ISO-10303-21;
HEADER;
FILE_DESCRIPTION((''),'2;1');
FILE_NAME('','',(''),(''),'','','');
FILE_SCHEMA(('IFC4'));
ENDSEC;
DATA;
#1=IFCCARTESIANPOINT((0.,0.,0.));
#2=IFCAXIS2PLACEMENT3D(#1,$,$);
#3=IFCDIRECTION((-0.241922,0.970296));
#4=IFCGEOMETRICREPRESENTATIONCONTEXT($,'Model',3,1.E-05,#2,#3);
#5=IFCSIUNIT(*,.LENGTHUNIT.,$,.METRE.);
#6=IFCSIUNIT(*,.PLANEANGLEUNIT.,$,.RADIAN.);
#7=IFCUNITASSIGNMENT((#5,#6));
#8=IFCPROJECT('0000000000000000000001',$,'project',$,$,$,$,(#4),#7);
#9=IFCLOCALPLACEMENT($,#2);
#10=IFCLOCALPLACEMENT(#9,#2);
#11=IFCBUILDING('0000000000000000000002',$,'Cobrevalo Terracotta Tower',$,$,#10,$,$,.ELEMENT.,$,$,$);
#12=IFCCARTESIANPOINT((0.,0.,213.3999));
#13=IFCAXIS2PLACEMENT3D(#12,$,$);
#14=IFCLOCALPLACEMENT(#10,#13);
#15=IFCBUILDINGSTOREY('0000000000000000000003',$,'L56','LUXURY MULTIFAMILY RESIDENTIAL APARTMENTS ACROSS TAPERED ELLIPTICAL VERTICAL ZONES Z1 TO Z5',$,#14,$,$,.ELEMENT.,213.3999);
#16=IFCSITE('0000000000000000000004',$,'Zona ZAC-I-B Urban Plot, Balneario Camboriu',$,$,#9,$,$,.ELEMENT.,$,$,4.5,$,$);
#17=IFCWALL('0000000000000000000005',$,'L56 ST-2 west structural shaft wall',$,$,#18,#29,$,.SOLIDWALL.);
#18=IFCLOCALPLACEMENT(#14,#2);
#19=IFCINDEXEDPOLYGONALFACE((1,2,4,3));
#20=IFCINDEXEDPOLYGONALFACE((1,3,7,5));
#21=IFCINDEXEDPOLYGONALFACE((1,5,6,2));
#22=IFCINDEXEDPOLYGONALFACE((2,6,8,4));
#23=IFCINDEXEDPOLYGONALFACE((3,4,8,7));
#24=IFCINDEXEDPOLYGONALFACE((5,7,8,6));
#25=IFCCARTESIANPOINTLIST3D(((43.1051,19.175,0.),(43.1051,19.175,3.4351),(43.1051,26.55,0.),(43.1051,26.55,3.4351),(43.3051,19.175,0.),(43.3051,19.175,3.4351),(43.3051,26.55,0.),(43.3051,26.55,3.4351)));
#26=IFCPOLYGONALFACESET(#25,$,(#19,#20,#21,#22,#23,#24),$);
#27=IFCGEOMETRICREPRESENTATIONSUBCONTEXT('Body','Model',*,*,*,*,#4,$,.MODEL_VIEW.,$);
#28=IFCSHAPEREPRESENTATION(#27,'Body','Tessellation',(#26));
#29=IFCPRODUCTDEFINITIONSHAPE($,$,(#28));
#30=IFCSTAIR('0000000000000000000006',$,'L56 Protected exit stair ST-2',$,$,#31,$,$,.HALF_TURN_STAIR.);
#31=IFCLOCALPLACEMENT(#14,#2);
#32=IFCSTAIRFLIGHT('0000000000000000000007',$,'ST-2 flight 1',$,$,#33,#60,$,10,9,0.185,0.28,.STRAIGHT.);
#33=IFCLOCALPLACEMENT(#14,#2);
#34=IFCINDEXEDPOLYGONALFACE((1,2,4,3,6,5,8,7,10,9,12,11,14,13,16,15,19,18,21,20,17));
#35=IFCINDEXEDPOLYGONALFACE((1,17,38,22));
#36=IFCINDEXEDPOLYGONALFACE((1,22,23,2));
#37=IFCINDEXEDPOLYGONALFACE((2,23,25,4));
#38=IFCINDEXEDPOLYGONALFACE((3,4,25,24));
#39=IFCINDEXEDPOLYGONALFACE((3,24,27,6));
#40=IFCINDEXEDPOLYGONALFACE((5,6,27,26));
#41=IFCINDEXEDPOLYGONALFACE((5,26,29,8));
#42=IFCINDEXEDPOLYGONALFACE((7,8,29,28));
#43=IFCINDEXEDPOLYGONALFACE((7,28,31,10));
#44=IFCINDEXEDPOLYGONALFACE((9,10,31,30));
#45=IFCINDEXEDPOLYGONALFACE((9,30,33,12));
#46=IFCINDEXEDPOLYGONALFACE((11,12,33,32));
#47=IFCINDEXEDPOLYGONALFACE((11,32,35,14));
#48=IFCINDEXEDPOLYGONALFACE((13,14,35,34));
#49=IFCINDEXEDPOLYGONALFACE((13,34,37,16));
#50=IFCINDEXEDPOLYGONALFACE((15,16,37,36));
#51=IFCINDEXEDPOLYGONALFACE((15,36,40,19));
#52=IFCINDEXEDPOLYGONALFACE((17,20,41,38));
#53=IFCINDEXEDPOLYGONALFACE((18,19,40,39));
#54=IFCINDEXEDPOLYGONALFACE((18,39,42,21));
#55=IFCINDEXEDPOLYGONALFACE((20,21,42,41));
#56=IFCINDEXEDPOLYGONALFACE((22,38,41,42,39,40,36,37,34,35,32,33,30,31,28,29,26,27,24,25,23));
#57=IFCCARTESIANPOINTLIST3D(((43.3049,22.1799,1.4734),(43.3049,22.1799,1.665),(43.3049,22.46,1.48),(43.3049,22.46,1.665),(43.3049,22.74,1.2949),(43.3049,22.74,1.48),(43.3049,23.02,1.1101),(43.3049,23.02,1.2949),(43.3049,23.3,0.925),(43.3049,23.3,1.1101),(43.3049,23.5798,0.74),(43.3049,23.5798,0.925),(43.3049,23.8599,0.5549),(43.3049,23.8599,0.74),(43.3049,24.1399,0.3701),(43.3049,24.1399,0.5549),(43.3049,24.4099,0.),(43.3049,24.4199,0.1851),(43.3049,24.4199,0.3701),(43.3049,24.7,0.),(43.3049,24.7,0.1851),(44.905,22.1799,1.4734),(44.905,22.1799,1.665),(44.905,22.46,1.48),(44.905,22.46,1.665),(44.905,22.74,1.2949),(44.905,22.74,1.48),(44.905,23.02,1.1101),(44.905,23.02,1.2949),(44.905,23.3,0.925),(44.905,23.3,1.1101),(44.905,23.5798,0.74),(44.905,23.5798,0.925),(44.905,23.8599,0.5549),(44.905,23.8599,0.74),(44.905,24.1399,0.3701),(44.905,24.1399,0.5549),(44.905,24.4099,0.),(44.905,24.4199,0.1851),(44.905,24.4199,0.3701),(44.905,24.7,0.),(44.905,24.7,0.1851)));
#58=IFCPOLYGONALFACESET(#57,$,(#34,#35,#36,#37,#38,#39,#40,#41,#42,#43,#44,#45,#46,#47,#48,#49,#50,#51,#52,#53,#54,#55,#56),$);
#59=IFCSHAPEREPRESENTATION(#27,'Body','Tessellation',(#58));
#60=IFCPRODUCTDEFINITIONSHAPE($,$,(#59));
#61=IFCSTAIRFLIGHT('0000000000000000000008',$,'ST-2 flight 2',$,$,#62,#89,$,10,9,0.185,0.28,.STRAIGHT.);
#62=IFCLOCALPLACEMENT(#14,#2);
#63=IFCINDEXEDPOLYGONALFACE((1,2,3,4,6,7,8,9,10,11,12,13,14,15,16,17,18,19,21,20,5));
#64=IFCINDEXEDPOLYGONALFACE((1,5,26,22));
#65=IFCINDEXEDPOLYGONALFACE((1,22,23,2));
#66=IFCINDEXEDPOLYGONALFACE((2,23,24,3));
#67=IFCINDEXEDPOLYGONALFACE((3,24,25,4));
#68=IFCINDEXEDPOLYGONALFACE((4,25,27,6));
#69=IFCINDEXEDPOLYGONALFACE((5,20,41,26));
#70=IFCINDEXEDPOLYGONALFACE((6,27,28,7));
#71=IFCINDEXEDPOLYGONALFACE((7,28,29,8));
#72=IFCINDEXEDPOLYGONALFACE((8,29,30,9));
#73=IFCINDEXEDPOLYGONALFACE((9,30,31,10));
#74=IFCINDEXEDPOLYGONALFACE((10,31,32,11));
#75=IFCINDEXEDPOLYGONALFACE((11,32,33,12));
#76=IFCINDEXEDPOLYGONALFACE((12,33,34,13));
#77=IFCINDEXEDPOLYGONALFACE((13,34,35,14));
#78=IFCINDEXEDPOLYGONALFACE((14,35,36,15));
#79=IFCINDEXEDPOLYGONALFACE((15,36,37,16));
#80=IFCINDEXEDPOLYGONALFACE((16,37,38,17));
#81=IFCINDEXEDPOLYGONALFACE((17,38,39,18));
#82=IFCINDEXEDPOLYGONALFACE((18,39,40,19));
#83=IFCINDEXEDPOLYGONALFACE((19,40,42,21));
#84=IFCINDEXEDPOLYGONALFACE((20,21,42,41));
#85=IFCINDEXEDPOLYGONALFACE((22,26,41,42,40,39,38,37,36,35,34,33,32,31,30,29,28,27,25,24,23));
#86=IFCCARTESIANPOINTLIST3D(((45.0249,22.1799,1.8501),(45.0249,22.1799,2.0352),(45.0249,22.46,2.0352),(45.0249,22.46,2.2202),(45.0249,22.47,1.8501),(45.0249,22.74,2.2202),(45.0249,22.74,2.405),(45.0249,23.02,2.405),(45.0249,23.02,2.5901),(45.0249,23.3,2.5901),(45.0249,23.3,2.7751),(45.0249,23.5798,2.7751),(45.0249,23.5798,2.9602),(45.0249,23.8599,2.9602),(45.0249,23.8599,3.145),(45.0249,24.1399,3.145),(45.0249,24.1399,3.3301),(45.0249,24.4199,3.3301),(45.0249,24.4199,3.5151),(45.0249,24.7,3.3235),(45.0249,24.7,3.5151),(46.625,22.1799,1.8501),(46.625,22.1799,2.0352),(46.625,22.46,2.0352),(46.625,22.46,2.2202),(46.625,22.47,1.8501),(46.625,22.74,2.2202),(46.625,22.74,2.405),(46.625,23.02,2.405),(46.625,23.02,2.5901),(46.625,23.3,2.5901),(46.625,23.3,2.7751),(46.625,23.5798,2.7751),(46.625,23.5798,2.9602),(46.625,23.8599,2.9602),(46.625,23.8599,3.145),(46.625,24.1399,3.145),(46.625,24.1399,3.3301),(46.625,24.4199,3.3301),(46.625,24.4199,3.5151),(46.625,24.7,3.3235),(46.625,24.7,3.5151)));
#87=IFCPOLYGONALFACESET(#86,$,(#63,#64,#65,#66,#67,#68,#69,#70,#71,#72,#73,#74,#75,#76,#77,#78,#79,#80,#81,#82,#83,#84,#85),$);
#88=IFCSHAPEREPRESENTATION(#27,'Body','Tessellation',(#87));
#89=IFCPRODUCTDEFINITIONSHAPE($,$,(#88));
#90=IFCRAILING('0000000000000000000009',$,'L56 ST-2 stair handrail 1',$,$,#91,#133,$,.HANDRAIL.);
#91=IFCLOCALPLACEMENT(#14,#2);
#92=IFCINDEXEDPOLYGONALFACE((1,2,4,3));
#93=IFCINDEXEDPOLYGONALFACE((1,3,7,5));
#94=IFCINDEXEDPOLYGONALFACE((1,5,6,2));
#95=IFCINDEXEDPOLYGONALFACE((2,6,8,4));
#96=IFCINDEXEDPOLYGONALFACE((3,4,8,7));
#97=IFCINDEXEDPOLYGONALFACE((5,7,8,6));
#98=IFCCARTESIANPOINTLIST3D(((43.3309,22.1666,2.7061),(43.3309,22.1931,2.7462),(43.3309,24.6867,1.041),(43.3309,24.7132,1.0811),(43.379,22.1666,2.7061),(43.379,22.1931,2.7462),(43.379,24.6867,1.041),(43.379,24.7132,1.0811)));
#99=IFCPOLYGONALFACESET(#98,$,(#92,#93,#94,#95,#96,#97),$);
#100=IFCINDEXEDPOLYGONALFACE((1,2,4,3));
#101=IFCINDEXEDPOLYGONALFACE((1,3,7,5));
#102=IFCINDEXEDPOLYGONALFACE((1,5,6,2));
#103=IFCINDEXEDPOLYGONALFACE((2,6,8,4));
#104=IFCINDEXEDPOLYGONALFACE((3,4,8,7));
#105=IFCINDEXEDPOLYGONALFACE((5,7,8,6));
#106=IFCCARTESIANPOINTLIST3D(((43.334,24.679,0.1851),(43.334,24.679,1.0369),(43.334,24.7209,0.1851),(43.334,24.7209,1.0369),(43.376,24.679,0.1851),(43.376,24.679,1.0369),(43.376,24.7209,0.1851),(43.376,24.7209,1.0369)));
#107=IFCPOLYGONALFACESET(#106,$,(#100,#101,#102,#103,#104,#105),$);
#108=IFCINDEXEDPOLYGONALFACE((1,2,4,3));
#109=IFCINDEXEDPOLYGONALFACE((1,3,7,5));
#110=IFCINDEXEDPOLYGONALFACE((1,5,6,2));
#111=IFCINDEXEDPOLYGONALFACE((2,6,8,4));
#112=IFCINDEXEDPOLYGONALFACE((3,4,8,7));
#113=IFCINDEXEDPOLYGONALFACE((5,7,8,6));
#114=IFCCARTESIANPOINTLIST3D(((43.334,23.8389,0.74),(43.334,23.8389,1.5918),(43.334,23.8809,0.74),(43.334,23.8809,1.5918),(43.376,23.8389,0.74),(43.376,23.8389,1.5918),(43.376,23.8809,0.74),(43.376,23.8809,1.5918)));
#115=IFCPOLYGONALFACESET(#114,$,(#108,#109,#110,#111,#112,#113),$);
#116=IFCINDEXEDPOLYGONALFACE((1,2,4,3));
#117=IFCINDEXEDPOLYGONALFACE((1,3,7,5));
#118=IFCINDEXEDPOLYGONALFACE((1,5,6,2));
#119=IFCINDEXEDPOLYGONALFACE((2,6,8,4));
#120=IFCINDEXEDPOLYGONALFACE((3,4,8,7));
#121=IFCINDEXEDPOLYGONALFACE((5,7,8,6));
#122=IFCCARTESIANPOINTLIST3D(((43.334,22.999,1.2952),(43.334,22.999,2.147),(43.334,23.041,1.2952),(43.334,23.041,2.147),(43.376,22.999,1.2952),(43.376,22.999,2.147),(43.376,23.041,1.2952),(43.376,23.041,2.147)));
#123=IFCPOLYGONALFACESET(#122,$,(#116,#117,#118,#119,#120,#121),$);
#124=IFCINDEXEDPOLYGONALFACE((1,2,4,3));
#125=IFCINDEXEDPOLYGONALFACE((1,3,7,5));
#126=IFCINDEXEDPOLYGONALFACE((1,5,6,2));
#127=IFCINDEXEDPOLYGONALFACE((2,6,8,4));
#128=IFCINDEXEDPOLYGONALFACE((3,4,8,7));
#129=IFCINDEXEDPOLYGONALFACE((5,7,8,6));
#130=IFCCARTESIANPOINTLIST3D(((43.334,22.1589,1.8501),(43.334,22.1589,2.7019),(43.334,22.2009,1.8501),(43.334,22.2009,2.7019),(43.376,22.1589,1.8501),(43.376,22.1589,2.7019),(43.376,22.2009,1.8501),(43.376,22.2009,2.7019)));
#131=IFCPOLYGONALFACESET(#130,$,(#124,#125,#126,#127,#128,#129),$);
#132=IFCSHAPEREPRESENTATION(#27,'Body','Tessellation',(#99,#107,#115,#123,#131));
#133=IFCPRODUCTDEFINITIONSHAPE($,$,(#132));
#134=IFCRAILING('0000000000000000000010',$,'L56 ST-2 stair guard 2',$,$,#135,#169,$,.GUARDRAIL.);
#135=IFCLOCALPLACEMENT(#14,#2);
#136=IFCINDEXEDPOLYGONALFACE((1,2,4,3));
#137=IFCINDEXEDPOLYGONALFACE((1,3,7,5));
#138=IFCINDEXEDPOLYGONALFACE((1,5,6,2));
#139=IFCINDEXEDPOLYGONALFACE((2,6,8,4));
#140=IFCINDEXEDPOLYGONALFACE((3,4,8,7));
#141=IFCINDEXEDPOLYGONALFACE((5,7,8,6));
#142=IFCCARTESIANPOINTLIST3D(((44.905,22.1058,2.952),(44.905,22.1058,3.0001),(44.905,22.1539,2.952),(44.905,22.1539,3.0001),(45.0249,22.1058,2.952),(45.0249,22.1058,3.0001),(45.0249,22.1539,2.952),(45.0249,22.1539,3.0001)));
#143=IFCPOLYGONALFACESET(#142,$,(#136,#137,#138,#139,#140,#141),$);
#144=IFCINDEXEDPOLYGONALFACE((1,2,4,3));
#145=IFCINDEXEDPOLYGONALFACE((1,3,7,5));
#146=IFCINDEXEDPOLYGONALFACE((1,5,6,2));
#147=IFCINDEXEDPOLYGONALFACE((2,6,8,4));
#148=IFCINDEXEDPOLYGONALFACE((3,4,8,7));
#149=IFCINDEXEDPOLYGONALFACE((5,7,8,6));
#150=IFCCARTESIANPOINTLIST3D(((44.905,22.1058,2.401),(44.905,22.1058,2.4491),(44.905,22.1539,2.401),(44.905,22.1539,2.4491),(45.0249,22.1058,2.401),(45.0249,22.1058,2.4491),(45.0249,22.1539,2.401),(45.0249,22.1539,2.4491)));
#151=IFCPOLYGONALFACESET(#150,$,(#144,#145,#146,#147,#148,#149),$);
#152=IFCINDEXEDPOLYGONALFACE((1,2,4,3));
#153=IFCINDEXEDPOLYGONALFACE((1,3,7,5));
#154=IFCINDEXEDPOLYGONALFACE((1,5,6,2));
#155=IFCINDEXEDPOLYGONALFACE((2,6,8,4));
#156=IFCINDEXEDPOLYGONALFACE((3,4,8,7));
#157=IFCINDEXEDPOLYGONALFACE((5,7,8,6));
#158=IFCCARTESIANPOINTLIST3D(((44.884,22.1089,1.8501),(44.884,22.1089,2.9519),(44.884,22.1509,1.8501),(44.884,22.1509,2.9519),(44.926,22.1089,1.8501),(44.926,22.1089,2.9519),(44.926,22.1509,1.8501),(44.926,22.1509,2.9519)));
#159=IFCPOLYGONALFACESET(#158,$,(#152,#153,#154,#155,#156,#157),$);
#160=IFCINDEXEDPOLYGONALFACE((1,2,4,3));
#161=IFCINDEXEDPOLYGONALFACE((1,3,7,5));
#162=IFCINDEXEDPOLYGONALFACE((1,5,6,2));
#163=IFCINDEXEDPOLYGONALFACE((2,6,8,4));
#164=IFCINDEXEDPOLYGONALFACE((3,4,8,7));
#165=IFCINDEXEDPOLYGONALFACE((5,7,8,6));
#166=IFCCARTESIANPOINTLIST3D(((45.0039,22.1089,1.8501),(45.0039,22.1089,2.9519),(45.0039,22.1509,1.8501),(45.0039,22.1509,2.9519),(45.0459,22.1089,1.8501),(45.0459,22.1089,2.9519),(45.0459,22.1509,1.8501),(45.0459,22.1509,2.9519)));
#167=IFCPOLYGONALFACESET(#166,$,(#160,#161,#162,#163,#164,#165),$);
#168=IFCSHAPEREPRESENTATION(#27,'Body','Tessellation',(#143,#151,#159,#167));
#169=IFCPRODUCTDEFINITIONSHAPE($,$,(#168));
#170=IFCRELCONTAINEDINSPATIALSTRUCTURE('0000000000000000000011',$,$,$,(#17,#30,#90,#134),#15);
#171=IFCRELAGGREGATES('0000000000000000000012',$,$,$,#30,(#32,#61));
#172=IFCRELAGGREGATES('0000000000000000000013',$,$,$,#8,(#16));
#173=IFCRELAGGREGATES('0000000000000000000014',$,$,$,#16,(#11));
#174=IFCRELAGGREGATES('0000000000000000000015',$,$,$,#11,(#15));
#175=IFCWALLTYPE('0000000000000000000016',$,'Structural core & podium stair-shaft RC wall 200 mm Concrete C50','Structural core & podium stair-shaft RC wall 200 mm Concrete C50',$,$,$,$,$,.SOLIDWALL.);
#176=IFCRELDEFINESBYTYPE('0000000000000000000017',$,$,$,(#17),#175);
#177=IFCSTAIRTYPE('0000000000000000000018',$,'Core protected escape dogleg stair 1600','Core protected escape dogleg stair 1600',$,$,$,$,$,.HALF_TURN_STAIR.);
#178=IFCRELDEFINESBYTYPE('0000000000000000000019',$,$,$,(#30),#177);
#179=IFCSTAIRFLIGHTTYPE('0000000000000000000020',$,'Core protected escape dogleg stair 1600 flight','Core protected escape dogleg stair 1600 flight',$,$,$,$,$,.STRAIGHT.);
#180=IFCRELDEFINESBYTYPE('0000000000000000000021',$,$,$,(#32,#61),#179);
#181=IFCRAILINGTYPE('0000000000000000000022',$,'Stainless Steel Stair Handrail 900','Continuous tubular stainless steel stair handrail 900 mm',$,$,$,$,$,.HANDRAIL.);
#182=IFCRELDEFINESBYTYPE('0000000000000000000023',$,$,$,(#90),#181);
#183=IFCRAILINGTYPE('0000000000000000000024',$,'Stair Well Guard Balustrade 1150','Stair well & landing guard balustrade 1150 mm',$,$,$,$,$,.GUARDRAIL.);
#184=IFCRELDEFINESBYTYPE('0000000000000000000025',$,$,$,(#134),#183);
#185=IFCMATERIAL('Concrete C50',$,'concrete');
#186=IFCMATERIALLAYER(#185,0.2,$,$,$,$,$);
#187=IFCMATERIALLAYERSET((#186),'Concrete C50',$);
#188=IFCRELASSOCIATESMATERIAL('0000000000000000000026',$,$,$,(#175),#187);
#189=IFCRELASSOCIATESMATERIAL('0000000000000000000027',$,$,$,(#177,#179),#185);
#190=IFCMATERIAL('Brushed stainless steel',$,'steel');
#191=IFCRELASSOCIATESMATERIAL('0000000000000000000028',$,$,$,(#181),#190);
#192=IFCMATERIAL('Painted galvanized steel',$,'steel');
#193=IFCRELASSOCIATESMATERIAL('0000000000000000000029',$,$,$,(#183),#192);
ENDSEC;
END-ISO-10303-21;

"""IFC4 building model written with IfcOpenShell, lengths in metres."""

from ifc_helpers import new_model, si_unit, direction, frame, frame_2d, origin, origin_2d, place, context, subcontext, project, spatial, polyline, rectangle, outline, extrude, material, layer, layer_set, type_object, element, aggregate, save


model = new_model("IFC4")

# Units and contexts
model_context = context("Model", 3, precision=1e-05, world=origin(), true_north=direction((-0.241922, 0.970296)))
body_context = subcontext(model_context, "Body", "Model", "MODEL_VIEW")
ifc_project = project(units=[si_unit("LENGTHUNIT", "METRE"), si_unit("PLANEANGLEUNIT", "RADIAN")], contexts=[model_context])

# Site, building, storey
site_placement = place(None, origin())
site = spatial("IfcSite", under=ifc_project, at=site_placement, Name="Zona ZAC-I-B Urban Plot, Balneario Camboriu", CompositionType="ELEMENT", RefElevation=4.5)
building_placement = place(site_placement, origin())
building = spatial("IfcBuilding", under=site, at=building_placement, Name="Cobrevalo Terracotta Tower", CompositionType="ELEMENT")
storey_placement = place(building_placement, frame((0.0, 0.0, 213.3999)))
storey = spatial("IfcBuildingStorey", under=building, at=storey_placement, Name="L56", Description="LUXURY MULTIFAMILY RESIDENTIAL APARTMENTS ACROSS TAPERED ELLIPTICAL VERTICAL ZONES Z1 TO Z5", CompositionType="ELEMENT", Elevation=213.3999)

# Shared definitions
ifc_material_1 = material(Name="Concrete C50", Category="concrete")

# Wall
ifc_layer_1 = layer(ifc_material_1, 0.2)
ifc_layer_set_1 = layer_set([ifc_layer_1], Name="Concrete C50")
wall_type_1 = type_object("IfcWallType", Name="Structural core & podium stair-shaft RC wall 200 mm Concrete C50", Description="Structural core & podium stair-shaft RC wall 200 mm Concrete C50", PredefinedType="SOLIDWALL", material=ifc_layer_set_1)
wall_1_placement = place(storey_placement, frame((43.2051, 19.175, 0.0), z_axis=(0.0, 0.0, 1.0), x_axis=(0.0, 1.0, 0.0)))
element("IfcWall", 1, at=wall_1_placement, inside=storey, type_object=wall_type_1, Name="L56 ST-2 west structural shaft wall", PredefinedType="SOLIDWALL", context=body_context, shape_type="SweptSolid", body=[
    extrude(rectangle(XDim=7.375, YDim=0.2, at=frame_2d((3.6875, 0.0))), origin(), (0.0, 0.0, 1.0), 3.4351),
])

# Stair, stair flights
stair_type = type_object("IfcStairType", Name="Core protected escape dogleg stair 1600", Description="Core protected escape dogleg stair 1600", PredefinedType="HALF_TURN_STAIR", material=ifc_material_1)
stair_placement = place(storey_placement, origin())
stair = element("IfcStair", 2, at=stair_placement, inside=storey, type_object=stair_type, Name="L56 Protected exit stair ST-2", PredefinedType="HALF_TURN_STAIR")
stair_flight_type = type_object("IfcStairFlightType", Name="Core protected escape dogleg stair 1600 flight", Description="Core protected escape dogleg stair 1600 flight", PredefinedType="STRAIGHT", material=ifc_material_1)
stair_flight_1_placement = place(storey_placement, frame((44.105, 24.7, 0.0), z_axis=(0.0, 0.0, 1.0), x_axis=(0.0, -1.0, 0.0)))
stair_flight_1 = element("IfcStairFlight", 3, at=stair_flight_1_placement, type_object=stair_flight_type, Name="ST-2 flight 1", NumberOfRisers=10, NumberOfTreads=9, PredefinedType="STRAIGHT", RiserHeight=0.185, TreadLength=0.28, context=body_context, shape_type="SweptSolid", body=[
    extrude(outline(polyline([(0.0, 0.0), (0.0, 0.1851), (0.28, 0.1851), (0.28, 0.3701), (0.5601, 0.3701), (0.5601, 0.5549), (0.8401, 0.5549), (0.8401, 0.74), (1.1201, 0.74), (1.1201, 0.925), (1.3999, 0.925), (1.3999, 1.1101), (1.6799, 1.1101), (1.6799, 1.2949), (1.96, 1.2949), (1.96, 1.48), (2.24, 1.48), (2.24, 1.665), (2.52, 1.665), (2.52, 1.8501), (2.52, 1.4734), (0.29, 0.0), (0.0, 0.0)])), frame((0.0, 0.8, 0.0), z_axis=(0.0, -1.0, 0.0), x_axis=(1.0, 0.0, 0.0)), (0.0, 0.0, 1.0), 1.6001),
])
stair_flight_2_placement = place(storey_placement, frame((45.825, 22.1799, 1.8501), z_axis=(0.0, 0.0, 1.0), x_axis=(0.0, 1.0, 0.0)))
stair_flight_2 = element("IfcStairFlight", 4, at=stair_flight_2_placement, type_object=stair_flight_type, Name="ST-2 flight 2", NumberOfRisers=10, NumberOfTreads=9, PredefinedType="STRAIGHT", RiserHeight=0.185, TreadLength=0.28, context=body_context, shape_type="SweptSolid", body=[
    extrude(outline(polyline([(0.0, 0.0), (0.0, 0.1851), (0.28, 0.1851), (0.28, 0.3701), (0.5601, 0.3701), (0.5601, 0.5549), (0.8401, 0.5549), (0.8401, 0.74), (1.1201, 0.74), (1.1201, 0.925), (1.3999, 0.925), (1.3999, 1.1101), (1.6799, 1.1101), (1.6799, 1.2949), (1.96, 1.2949), (1.96, 1.48), (2.24, 1.48), (2.24, 1.665), (2.52, 1.665), (2.52, 1.8501), (2.52, 1.4734), (0.29, 0.0), (0.0, 0.0)])), frame((0.0, 0.8, 0.0), z_axis=(0.0, -1.0, 0.0), x_axis=(1.0, 0.0, 0.0)), (0.0, 0.0, 1.0), 1.6001),
])
aggregate(stair, [stair_flight_1, stair_flight_2])

# Railings
ifc_material_2 = material(Name="Brushed stainless steel", Category="steel")
railing_type_1 = type_object("IfcRailingType", Name="Stainless Steel Stair Handrail 900", Description="Continuous tubular stainless steel stair handrail 900 mm", PredefinedType="HANDRAIL", material=ifc_material_2)
railing_1_placement = place(storey_placement, frame((43.355, 24.7, 0.1851)))
element("IfcRailing", 5, at=railing_1_placement, inside=storey, type_object=railing_type_1, Name="L56 ST-2 stair handrail 1", PredefinedType="HANDRAIL", context=body_context, shape_type="SweptSolid", body=[
    extrude(rectangle(XDim=0.0481, YDim=0.0481, at=origin_2d()), frame((0.0, 0.0, 0.876), z_axis=(0.0, -0.834331, 0.551263), x_axis=(1.0, 0.0, 0.0)), (0.0, 0.0, 1.0), 3.0205),
    extrude(rectangle(XDim=0.042, YDim=0.042, at=origin_2d()), origin(), (0.0, 0.0, 1.0), 0.8518),
    extrude(rectangle(XDim=0.042, YDim=0.042, at=origin_2d()), frame((0.0, -0.8401, 0.5549)), (0.0, 0.0, 1.0), 0.8518),
    extrude(rectangle(XDim=0.042, YDim=0.042, at=origin_2d()), frame((0.0, -1.6799, 1.1101)), (0.0, 0.0, 1.0), 0.8518),
    extrude(rectangle(XDim=0.042, YDim=0.042, at=origin_2d()), frame((0.0, -2.52, 1.665)), (0.0, 0.0, 1.0), 0.8518),
])
ifc_material_3 = material(Name="Painted galvanized steel", Category="steel")
railing_type_2 = type_object("IfcRailingType", Name="Stair Well Guard Balustrade 1150", Description="Stair well & landing guard balustrade 1150 mm", PredefinedType="GUARDRAIL", material=ifc_material_3)
railing_2_placement = place(storey_placement, frame((44.905, 22.1299, 1.8501)))
element("IfcRailing", 6, at=railing_2_placement, inside=storey, type_object=railing_type_2, Name="L56 ST-2 stair guard 2", PredefinedType="GUARDRAIL", context=body_context, shape_type="SweptSolid", body=[
    extrude(rectangle(XDim=0.0481, YDim=0.0481, at=origin_2d()), frame((0.0, 0.0, 1.126), z_axis=(1.0, 0.0, 0.0), x_axis=(0.0, 1.0, 0.0)), (0.0, 0.0, 1.0), 0.1199),
    extrude(rectangle(XDim=0.0481, YDim=0.0481, at=origin_2d()), frame((0.0, 0.0, 0.575), z_axis=(1.0, 0.0, 0.0), x_axis=(0.0, 1.0, 0.0)), (0.0, 0.0, 1.0), 0.1199),
    extrude(rectangle(XDim=0.042, YDim=0.042, at=origin_2d()), origin(), (0.0, 0.0, 1.0), 1.1018),
    extrude(rectangle(XDim=0.042, YDim=0.042, at=origin_2d()), frame((0.1199, 0.0, 0.0)), (0.0, 0.0, 1.0), 1.1018),
])

save(model, "model.ifc")
